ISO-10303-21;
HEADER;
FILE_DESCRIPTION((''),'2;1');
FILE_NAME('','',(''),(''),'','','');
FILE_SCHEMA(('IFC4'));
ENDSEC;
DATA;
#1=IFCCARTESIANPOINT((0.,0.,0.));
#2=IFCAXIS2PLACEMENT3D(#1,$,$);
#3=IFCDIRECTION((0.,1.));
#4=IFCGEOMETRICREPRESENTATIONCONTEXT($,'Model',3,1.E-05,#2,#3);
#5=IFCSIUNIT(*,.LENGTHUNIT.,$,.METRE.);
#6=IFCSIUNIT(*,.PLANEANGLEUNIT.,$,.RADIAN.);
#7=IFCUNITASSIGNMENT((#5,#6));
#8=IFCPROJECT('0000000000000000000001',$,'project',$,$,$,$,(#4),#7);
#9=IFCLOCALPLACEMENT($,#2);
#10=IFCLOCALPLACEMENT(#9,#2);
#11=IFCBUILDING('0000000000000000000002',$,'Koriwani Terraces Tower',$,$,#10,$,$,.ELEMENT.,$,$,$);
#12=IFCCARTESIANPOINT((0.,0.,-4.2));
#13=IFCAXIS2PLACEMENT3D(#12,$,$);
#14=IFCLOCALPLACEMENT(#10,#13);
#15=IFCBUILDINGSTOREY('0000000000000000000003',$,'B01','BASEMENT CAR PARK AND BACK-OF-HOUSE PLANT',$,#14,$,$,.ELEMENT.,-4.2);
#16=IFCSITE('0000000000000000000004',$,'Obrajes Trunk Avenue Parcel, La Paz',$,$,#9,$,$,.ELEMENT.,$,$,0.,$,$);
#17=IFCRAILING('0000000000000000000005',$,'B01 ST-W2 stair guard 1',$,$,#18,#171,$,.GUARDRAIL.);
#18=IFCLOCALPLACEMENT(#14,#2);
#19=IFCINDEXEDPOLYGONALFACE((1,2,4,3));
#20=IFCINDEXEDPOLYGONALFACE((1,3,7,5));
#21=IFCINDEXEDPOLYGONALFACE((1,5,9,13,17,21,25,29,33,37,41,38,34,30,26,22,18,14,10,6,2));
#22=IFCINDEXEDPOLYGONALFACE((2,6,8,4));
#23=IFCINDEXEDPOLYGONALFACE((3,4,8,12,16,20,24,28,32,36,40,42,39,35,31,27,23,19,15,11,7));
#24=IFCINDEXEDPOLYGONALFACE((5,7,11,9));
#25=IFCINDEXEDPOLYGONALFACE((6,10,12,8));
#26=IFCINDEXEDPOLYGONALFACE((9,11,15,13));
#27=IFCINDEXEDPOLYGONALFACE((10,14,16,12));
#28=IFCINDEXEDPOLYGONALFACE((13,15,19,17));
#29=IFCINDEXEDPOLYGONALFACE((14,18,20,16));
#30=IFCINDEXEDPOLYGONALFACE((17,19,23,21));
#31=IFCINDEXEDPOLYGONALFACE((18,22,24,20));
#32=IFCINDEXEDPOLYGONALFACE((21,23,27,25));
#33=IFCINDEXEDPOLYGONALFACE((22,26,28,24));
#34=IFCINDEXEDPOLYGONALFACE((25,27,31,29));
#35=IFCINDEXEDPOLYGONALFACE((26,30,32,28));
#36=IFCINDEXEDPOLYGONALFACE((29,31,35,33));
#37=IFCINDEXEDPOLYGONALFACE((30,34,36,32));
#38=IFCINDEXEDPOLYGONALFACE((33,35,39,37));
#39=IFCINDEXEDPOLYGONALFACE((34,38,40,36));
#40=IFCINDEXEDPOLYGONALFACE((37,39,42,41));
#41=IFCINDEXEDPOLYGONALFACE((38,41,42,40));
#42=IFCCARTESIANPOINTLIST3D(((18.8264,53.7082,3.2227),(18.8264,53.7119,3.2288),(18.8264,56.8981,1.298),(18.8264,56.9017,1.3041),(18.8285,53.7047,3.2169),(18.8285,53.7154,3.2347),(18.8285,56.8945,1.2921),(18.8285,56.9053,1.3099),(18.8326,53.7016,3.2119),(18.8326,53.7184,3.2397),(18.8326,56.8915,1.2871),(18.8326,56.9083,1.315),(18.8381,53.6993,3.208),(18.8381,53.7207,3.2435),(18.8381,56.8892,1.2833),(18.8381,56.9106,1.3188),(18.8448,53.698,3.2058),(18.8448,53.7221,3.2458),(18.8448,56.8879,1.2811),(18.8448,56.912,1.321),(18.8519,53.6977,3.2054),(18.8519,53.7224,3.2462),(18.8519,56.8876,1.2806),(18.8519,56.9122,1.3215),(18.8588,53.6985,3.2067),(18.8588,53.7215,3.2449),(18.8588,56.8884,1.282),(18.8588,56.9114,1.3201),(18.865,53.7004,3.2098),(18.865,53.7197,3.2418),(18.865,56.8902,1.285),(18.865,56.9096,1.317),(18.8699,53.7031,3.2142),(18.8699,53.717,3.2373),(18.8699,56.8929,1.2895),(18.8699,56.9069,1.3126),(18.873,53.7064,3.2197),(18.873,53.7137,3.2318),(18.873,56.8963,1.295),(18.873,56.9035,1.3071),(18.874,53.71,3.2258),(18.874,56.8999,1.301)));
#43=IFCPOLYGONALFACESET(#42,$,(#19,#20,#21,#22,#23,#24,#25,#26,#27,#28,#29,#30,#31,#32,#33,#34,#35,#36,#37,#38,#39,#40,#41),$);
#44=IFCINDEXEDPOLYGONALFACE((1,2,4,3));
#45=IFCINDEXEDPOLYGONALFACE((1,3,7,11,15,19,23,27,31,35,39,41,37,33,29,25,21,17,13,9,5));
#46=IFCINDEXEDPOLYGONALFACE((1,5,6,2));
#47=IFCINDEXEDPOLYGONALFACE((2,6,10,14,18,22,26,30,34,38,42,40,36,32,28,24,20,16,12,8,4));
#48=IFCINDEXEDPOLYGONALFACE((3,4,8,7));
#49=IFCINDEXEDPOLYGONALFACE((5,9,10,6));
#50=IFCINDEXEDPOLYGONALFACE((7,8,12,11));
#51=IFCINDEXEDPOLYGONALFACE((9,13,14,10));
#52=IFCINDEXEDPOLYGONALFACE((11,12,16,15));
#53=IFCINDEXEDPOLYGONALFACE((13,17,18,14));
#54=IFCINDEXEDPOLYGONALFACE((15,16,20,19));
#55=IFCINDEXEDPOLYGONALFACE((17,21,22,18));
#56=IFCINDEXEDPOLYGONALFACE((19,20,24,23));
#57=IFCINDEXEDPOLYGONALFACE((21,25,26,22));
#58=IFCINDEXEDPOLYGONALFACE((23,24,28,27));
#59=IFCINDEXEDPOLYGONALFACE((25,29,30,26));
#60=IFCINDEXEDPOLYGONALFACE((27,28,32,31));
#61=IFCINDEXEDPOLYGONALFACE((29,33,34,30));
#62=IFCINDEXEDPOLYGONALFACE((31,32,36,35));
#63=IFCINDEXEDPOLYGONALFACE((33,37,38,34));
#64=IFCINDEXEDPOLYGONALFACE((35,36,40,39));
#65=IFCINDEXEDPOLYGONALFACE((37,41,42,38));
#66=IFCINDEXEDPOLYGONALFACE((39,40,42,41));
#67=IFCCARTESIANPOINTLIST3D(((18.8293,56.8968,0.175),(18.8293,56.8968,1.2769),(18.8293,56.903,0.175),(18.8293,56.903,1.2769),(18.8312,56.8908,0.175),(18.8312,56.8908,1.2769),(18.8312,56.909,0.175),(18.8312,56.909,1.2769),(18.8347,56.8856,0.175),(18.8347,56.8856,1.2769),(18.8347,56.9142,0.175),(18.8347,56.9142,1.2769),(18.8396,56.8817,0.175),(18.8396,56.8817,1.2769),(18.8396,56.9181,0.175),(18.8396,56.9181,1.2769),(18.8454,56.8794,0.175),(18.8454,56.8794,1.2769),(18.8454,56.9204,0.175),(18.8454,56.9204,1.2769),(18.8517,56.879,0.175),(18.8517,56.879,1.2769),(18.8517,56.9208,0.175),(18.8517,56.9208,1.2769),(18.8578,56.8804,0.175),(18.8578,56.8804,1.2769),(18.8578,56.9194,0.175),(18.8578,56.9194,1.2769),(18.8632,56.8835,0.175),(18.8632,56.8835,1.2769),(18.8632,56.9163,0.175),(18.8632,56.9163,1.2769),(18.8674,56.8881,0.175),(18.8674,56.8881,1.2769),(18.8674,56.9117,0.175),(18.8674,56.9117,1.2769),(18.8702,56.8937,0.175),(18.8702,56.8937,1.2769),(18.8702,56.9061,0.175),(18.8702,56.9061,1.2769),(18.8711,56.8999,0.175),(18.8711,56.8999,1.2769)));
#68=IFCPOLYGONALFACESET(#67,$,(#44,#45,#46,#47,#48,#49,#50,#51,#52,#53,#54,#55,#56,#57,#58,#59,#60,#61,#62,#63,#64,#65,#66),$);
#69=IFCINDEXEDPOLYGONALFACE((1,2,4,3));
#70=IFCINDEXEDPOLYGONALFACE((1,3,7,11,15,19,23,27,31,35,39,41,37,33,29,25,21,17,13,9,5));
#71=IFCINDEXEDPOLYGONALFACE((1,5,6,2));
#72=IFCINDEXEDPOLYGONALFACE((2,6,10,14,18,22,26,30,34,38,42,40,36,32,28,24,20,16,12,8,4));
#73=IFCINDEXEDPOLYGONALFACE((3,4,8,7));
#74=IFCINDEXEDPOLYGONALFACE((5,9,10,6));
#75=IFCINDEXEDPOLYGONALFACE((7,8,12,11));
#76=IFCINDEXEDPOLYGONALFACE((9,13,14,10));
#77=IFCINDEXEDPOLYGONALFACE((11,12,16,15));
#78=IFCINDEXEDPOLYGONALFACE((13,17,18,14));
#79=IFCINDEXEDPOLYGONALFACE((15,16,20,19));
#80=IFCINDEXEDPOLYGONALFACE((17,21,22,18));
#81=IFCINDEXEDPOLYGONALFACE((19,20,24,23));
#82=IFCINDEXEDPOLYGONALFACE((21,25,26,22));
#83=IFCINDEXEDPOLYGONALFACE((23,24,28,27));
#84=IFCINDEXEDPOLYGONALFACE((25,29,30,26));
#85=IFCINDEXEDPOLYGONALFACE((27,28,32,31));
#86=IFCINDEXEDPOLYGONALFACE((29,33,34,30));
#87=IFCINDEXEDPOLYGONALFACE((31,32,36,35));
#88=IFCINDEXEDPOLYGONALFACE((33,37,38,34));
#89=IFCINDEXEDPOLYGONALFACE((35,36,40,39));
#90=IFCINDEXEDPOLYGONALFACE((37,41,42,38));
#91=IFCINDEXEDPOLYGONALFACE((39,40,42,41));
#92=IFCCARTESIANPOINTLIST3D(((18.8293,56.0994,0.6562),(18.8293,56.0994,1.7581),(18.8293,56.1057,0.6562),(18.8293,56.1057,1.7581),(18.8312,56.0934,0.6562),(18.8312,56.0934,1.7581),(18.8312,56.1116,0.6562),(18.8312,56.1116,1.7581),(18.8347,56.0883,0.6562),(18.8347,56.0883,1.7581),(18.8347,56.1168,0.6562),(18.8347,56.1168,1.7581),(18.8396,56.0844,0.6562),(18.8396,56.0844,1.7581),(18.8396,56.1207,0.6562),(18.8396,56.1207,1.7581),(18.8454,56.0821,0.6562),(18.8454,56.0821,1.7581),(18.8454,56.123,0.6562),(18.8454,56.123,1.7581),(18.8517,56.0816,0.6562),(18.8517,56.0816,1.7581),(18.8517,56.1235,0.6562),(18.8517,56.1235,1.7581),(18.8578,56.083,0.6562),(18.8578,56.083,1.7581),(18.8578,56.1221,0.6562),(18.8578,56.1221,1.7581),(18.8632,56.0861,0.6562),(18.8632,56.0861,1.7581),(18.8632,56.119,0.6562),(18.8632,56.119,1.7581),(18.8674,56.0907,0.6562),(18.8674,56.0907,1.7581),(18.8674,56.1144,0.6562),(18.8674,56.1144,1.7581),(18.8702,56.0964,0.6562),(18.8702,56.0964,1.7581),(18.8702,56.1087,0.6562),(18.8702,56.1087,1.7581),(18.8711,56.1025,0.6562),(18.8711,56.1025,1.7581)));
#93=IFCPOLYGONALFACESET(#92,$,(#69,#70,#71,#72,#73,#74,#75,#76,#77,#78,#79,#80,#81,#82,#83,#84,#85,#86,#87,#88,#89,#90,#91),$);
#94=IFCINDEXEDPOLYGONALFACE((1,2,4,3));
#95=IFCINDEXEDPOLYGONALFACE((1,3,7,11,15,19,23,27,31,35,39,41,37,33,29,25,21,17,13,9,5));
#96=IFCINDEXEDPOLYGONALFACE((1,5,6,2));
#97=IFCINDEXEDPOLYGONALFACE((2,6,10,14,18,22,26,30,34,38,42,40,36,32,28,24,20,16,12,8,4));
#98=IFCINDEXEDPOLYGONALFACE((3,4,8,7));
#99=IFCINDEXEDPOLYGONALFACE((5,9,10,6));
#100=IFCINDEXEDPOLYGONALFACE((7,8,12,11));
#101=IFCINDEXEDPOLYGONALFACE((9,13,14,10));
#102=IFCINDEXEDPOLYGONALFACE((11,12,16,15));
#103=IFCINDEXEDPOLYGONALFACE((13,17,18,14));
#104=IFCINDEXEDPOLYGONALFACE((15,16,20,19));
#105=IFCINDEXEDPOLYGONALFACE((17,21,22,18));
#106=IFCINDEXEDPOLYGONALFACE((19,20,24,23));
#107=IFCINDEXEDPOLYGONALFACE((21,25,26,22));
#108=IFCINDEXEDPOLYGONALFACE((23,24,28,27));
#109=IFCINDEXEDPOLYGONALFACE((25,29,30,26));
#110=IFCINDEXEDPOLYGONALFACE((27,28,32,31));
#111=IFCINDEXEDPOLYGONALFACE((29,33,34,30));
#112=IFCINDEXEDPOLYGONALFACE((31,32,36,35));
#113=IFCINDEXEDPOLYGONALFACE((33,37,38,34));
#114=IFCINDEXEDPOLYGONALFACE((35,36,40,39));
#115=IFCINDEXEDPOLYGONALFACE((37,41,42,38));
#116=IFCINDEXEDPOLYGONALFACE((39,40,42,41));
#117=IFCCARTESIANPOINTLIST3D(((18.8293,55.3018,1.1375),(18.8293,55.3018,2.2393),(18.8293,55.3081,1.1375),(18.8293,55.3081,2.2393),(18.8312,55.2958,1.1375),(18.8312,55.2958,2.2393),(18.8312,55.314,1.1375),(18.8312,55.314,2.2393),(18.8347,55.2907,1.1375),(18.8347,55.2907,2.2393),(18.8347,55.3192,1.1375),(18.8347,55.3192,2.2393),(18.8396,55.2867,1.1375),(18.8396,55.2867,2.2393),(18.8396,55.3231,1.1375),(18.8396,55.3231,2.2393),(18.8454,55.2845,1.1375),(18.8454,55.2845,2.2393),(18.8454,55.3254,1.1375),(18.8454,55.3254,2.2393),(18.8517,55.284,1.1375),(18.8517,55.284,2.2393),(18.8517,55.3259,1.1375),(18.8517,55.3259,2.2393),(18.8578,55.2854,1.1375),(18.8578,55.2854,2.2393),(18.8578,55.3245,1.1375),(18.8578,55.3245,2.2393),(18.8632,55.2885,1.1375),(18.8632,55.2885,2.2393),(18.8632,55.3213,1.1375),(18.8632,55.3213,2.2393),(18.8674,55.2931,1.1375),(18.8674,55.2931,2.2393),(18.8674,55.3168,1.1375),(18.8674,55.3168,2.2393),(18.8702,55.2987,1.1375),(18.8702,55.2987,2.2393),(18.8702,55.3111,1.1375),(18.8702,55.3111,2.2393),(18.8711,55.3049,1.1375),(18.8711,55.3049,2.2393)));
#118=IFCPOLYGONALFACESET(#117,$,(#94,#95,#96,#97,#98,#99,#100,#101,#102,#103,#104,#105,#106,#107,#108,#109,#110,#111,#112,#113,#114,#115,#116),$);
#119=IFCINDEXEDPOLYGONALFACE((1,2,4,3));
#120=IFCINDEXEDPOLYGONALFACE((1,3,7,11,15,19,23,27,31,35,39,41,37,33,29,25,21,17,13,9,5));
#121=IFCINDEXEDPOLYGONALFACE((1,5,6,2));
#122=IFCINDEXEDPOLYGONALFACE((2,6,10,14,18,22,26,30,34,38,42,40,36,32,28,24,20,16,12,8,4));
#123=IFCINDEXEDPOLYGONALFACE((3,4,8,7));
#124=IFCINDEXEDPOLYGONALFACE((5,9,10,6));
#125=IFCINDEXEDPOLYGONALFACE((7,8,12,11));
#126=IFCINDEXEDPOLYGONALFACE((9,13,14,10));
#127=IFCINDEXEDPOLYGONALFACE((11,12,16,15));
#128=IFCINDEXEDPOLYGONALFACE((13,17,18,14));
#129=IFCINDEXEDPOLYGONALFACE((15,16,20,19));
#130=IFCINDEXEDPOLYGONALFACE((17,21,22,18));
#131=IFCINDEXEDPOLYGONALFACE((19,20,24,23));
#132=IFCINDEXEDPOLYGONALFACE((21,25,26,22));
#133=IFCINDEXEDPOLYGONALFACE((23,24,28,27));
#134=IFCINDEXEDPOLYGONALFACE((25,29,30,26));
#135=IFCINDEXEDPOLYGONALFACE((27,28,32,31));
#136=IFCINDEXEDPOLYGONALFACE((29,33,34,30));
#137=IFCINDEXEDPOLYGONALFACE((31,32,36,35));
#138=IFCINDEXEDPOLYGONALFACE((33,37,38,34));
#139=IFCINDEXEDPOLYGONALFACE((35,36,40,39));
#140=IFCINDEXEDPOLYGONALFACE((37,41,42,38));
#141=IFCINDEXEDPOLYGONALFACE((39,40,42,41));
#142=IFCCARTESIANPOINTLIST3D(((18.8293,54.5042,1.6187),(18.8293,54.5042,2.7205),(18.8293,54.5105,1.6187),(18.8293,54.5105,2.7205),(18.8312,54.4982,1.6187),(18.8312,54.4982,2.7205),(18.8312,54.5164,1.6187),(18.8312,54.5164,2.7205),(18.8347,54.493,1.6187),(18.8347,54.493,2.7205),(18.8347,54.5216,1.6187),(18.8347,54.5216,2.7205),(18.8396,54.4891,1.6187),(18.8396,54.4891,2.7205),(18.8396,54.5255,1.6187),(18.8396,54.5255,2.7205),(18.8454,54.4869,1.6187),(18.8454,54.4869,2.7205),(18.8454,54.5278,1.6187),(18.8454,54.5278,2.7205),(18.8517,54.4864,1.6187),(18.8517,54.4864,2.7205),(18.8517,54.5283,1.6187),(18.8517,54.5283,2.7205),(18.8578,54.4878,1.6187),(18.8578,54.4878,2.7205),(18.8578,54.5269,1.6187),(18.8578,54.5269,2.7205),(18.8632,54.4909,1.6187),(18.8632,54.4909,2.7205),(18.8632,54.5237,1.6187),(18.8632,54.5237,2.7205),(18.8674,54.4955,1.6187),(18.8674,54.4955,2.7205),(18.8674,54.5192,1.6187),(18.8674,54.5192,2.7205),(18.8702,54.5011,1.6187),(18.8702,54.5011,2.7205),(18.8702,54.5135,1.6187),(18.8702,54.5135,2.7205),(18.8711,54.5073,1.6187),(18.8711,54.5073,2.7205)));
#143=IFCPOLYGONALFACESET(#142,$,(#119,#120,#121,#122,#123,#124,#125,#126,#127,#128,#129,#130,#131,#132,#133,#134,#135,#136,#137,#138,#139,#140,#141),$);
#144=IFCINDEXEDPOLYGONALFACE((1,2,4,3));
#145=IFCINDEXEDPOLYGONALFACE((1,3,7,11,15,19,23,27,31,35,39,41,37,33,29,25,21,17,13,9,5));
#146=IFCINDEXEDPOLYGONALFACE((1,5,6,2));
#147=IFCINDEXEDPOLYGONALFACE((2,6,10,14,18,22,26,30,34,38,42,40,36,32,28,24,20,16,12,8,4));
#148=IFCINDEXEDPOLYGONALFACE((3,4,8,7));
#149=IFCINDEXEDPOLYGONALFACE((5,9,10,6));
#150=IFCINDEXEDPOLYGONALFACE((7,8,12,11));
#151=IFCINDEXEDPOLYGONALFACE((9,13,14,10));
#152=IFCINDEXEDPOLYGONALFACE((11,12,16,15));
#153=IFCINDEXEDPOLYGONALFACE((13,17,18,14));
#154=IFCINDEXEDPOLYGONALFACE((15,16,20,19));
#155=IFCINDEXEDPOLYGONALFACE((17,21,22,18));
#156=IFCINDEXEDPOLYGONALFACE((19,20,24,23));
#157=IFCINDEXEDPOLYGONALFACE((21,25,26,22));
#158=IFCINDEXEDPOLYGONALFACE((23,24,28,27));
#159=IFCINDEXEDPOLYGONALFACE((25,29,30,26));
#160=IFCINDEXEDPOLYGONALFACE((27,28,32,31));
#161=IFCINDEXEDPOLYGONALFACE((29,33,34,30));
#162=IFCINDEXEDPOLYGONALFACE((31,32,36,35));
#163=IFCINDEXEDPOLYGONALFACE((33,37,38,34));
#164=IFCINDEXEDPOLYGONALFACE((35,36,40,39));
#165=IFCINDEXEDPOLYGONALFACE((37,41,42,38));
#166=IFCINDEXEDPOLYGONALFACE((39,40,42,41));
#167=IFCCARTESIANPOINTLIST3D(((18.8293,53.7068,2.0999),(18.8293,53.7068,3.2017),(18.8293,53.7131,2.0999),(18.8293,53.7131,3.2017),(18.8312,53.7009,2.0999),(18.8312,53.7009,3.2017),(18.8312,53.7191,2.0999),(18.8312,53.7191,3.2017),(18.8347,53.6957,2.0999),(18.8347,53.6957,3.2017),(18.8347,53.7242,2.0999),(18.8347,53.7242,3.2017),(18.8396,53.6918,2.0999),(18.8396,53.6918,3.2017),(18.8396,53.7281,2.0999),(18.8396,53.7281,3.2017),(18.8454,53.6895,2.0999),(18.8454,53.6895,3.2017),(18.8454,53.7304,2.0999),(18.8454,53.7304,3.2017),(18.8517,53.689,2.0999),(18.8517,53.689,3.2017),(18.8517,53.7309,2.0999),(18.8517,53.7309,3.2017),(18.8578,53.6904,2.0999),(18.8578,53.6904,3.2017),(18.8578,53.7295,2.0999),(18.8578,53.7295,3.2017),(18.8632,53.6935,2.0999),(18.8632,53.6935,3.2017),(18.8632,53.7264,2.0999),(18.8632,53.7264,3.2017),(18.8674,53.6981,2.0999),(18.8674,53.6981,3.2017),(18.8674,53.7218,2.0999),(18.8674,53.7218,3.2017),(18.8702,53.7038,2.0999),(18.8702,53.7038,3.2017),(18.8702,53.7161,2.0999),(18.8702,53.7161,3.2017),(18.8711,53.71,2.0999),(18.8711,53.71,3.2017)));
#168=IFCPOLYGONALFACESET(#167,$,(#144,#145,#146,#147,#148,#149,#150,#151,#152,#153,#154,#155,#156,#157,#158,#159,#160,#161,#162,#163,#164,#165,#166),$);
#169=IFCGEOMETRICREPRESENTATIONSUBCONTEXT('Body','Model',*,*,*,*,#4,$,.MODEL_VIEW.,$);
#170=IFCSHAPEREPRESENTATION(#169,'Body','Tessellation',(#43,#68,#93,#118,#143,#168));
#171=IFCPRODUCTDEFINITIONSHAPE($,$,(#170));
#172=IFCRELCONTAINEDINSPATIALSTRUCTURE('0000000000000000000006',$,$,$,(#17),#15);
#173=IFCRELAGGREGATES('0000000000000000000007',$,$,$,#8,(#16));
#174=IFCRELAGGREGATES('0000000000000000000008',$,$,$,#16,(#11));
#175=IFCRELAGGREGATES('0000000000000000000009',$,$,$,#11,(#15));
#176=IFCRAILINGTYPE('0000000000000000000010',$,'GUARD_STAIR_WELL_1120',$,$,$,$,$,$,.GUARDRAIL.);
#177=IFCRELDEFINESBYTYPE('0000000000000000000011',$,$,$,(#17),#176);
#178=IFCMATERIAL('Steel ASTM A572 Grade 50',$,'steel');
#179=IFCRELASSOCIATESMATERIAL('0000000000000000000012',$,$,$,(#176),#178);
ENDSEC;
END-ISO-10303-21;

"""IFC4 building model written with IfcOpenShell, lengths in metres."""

from ifc_helpers import new_model, si_unit, direction, frame, origin, origin_2d, place, context, subcontext, project, spatial, circle, extrude, material, type_object, element, save


model = new_model("IFC4")

# Units and contexts
model_context = context("Model", 3, precision=1e-05, world=origin(), true_north=direction((0.0, 1.0)))
body_context = subcontext(model_context, "Body", "Model", "MODEL_VIEW")
ifc_project = project(units=[si_unit("LENGTHUNIT", "METRE"), si_unit("PLANEANGLEUNIT", "RADIAN")], contexts=[model_context])

# Site, building, storey
site_placement = place(None, origin())
site = spatial("IfcSite", under=ifc_project, at=site_placement, Name="Obrajes Trunk Avenue Parcel, La Paz", CompositionType="ELEMENT", RefElevation=0.0)
building_placement = place(site_placement, origin())
building = spatial("IfcBuilding", under=site, at=building_placement, Name="Koriwani Terraces Tower", CompositionType="ELEMENT")
storey_placement = place(building_placement, frame((0.0, 0.0, -4.2)))
storey = spatial("IfcBuildingStorey", under=building, at=storey_placement, Name="B01", Description="BASEMENT CAR PARK AND BACK-OF-HOUSE PLANT", CompositionType="ELEMENT", Elevation=-4.2)

# Shared definitions
ifc_material_1 = material(Name="Steel ASTM A572 Grade 50", Category="steel")

# Railing
railing_type_1 = type_object("IfcRailingType", Name="GUARD_STAIR_WELL_1120", PredefinedType="GUARDRAIL", material=ifc_material_1)
railing_1_placement = place(storey_placement, frame((18.8501, 56.8999, 0.175)))
element("IfcRailing", 1, at=railing_1_placement, inside=storey, type_object=railing_type_1, Name="B01 ST-W2 stair guard 1", PredefinedType="GUARDRAIL", context=body_context, shape_type="SweptSolid", body=[
    extrude(circle(Radius=0.0239, at=origin_2d()), frame((0.0, 0.0, 1.126), z_axis=(0.0, -0.856207, 0.516633), x_axis=(1.0, 0.0, 0.0)), (0.0, 0.0, 1.0), 3.7256),
    extrude(circle(Radius=0.021, at=origin_2d()), origin(), (0.0, 0.0, 1.0), 1.1018),
    extrude(circle(Radius=0.021, at=origin_2d()), frame((0.0, -0.7974, 0.4812)), (0.0, 0.0, 1.0), 1.1018),
    extrude(circle(Radius=0.021, at=origin_2d()), frame((0.0, -1.595, 0.9624)), (0.0, 0.0, 1.0), 1.1018),
    extrude(circle(Radius=0.021, at=origin_2d()), frame((0.0, -2.3926, 1.4436)), (0.0, 0.0, 1.0), 1.1018),
    extrude(circle(Radius=0.021, at=origin_2d()), frame((0.0, -3.1899, 1.9248)), (0.0, 0.0, 1.0), 1.1018),
])

save(model, "model.ifc")
